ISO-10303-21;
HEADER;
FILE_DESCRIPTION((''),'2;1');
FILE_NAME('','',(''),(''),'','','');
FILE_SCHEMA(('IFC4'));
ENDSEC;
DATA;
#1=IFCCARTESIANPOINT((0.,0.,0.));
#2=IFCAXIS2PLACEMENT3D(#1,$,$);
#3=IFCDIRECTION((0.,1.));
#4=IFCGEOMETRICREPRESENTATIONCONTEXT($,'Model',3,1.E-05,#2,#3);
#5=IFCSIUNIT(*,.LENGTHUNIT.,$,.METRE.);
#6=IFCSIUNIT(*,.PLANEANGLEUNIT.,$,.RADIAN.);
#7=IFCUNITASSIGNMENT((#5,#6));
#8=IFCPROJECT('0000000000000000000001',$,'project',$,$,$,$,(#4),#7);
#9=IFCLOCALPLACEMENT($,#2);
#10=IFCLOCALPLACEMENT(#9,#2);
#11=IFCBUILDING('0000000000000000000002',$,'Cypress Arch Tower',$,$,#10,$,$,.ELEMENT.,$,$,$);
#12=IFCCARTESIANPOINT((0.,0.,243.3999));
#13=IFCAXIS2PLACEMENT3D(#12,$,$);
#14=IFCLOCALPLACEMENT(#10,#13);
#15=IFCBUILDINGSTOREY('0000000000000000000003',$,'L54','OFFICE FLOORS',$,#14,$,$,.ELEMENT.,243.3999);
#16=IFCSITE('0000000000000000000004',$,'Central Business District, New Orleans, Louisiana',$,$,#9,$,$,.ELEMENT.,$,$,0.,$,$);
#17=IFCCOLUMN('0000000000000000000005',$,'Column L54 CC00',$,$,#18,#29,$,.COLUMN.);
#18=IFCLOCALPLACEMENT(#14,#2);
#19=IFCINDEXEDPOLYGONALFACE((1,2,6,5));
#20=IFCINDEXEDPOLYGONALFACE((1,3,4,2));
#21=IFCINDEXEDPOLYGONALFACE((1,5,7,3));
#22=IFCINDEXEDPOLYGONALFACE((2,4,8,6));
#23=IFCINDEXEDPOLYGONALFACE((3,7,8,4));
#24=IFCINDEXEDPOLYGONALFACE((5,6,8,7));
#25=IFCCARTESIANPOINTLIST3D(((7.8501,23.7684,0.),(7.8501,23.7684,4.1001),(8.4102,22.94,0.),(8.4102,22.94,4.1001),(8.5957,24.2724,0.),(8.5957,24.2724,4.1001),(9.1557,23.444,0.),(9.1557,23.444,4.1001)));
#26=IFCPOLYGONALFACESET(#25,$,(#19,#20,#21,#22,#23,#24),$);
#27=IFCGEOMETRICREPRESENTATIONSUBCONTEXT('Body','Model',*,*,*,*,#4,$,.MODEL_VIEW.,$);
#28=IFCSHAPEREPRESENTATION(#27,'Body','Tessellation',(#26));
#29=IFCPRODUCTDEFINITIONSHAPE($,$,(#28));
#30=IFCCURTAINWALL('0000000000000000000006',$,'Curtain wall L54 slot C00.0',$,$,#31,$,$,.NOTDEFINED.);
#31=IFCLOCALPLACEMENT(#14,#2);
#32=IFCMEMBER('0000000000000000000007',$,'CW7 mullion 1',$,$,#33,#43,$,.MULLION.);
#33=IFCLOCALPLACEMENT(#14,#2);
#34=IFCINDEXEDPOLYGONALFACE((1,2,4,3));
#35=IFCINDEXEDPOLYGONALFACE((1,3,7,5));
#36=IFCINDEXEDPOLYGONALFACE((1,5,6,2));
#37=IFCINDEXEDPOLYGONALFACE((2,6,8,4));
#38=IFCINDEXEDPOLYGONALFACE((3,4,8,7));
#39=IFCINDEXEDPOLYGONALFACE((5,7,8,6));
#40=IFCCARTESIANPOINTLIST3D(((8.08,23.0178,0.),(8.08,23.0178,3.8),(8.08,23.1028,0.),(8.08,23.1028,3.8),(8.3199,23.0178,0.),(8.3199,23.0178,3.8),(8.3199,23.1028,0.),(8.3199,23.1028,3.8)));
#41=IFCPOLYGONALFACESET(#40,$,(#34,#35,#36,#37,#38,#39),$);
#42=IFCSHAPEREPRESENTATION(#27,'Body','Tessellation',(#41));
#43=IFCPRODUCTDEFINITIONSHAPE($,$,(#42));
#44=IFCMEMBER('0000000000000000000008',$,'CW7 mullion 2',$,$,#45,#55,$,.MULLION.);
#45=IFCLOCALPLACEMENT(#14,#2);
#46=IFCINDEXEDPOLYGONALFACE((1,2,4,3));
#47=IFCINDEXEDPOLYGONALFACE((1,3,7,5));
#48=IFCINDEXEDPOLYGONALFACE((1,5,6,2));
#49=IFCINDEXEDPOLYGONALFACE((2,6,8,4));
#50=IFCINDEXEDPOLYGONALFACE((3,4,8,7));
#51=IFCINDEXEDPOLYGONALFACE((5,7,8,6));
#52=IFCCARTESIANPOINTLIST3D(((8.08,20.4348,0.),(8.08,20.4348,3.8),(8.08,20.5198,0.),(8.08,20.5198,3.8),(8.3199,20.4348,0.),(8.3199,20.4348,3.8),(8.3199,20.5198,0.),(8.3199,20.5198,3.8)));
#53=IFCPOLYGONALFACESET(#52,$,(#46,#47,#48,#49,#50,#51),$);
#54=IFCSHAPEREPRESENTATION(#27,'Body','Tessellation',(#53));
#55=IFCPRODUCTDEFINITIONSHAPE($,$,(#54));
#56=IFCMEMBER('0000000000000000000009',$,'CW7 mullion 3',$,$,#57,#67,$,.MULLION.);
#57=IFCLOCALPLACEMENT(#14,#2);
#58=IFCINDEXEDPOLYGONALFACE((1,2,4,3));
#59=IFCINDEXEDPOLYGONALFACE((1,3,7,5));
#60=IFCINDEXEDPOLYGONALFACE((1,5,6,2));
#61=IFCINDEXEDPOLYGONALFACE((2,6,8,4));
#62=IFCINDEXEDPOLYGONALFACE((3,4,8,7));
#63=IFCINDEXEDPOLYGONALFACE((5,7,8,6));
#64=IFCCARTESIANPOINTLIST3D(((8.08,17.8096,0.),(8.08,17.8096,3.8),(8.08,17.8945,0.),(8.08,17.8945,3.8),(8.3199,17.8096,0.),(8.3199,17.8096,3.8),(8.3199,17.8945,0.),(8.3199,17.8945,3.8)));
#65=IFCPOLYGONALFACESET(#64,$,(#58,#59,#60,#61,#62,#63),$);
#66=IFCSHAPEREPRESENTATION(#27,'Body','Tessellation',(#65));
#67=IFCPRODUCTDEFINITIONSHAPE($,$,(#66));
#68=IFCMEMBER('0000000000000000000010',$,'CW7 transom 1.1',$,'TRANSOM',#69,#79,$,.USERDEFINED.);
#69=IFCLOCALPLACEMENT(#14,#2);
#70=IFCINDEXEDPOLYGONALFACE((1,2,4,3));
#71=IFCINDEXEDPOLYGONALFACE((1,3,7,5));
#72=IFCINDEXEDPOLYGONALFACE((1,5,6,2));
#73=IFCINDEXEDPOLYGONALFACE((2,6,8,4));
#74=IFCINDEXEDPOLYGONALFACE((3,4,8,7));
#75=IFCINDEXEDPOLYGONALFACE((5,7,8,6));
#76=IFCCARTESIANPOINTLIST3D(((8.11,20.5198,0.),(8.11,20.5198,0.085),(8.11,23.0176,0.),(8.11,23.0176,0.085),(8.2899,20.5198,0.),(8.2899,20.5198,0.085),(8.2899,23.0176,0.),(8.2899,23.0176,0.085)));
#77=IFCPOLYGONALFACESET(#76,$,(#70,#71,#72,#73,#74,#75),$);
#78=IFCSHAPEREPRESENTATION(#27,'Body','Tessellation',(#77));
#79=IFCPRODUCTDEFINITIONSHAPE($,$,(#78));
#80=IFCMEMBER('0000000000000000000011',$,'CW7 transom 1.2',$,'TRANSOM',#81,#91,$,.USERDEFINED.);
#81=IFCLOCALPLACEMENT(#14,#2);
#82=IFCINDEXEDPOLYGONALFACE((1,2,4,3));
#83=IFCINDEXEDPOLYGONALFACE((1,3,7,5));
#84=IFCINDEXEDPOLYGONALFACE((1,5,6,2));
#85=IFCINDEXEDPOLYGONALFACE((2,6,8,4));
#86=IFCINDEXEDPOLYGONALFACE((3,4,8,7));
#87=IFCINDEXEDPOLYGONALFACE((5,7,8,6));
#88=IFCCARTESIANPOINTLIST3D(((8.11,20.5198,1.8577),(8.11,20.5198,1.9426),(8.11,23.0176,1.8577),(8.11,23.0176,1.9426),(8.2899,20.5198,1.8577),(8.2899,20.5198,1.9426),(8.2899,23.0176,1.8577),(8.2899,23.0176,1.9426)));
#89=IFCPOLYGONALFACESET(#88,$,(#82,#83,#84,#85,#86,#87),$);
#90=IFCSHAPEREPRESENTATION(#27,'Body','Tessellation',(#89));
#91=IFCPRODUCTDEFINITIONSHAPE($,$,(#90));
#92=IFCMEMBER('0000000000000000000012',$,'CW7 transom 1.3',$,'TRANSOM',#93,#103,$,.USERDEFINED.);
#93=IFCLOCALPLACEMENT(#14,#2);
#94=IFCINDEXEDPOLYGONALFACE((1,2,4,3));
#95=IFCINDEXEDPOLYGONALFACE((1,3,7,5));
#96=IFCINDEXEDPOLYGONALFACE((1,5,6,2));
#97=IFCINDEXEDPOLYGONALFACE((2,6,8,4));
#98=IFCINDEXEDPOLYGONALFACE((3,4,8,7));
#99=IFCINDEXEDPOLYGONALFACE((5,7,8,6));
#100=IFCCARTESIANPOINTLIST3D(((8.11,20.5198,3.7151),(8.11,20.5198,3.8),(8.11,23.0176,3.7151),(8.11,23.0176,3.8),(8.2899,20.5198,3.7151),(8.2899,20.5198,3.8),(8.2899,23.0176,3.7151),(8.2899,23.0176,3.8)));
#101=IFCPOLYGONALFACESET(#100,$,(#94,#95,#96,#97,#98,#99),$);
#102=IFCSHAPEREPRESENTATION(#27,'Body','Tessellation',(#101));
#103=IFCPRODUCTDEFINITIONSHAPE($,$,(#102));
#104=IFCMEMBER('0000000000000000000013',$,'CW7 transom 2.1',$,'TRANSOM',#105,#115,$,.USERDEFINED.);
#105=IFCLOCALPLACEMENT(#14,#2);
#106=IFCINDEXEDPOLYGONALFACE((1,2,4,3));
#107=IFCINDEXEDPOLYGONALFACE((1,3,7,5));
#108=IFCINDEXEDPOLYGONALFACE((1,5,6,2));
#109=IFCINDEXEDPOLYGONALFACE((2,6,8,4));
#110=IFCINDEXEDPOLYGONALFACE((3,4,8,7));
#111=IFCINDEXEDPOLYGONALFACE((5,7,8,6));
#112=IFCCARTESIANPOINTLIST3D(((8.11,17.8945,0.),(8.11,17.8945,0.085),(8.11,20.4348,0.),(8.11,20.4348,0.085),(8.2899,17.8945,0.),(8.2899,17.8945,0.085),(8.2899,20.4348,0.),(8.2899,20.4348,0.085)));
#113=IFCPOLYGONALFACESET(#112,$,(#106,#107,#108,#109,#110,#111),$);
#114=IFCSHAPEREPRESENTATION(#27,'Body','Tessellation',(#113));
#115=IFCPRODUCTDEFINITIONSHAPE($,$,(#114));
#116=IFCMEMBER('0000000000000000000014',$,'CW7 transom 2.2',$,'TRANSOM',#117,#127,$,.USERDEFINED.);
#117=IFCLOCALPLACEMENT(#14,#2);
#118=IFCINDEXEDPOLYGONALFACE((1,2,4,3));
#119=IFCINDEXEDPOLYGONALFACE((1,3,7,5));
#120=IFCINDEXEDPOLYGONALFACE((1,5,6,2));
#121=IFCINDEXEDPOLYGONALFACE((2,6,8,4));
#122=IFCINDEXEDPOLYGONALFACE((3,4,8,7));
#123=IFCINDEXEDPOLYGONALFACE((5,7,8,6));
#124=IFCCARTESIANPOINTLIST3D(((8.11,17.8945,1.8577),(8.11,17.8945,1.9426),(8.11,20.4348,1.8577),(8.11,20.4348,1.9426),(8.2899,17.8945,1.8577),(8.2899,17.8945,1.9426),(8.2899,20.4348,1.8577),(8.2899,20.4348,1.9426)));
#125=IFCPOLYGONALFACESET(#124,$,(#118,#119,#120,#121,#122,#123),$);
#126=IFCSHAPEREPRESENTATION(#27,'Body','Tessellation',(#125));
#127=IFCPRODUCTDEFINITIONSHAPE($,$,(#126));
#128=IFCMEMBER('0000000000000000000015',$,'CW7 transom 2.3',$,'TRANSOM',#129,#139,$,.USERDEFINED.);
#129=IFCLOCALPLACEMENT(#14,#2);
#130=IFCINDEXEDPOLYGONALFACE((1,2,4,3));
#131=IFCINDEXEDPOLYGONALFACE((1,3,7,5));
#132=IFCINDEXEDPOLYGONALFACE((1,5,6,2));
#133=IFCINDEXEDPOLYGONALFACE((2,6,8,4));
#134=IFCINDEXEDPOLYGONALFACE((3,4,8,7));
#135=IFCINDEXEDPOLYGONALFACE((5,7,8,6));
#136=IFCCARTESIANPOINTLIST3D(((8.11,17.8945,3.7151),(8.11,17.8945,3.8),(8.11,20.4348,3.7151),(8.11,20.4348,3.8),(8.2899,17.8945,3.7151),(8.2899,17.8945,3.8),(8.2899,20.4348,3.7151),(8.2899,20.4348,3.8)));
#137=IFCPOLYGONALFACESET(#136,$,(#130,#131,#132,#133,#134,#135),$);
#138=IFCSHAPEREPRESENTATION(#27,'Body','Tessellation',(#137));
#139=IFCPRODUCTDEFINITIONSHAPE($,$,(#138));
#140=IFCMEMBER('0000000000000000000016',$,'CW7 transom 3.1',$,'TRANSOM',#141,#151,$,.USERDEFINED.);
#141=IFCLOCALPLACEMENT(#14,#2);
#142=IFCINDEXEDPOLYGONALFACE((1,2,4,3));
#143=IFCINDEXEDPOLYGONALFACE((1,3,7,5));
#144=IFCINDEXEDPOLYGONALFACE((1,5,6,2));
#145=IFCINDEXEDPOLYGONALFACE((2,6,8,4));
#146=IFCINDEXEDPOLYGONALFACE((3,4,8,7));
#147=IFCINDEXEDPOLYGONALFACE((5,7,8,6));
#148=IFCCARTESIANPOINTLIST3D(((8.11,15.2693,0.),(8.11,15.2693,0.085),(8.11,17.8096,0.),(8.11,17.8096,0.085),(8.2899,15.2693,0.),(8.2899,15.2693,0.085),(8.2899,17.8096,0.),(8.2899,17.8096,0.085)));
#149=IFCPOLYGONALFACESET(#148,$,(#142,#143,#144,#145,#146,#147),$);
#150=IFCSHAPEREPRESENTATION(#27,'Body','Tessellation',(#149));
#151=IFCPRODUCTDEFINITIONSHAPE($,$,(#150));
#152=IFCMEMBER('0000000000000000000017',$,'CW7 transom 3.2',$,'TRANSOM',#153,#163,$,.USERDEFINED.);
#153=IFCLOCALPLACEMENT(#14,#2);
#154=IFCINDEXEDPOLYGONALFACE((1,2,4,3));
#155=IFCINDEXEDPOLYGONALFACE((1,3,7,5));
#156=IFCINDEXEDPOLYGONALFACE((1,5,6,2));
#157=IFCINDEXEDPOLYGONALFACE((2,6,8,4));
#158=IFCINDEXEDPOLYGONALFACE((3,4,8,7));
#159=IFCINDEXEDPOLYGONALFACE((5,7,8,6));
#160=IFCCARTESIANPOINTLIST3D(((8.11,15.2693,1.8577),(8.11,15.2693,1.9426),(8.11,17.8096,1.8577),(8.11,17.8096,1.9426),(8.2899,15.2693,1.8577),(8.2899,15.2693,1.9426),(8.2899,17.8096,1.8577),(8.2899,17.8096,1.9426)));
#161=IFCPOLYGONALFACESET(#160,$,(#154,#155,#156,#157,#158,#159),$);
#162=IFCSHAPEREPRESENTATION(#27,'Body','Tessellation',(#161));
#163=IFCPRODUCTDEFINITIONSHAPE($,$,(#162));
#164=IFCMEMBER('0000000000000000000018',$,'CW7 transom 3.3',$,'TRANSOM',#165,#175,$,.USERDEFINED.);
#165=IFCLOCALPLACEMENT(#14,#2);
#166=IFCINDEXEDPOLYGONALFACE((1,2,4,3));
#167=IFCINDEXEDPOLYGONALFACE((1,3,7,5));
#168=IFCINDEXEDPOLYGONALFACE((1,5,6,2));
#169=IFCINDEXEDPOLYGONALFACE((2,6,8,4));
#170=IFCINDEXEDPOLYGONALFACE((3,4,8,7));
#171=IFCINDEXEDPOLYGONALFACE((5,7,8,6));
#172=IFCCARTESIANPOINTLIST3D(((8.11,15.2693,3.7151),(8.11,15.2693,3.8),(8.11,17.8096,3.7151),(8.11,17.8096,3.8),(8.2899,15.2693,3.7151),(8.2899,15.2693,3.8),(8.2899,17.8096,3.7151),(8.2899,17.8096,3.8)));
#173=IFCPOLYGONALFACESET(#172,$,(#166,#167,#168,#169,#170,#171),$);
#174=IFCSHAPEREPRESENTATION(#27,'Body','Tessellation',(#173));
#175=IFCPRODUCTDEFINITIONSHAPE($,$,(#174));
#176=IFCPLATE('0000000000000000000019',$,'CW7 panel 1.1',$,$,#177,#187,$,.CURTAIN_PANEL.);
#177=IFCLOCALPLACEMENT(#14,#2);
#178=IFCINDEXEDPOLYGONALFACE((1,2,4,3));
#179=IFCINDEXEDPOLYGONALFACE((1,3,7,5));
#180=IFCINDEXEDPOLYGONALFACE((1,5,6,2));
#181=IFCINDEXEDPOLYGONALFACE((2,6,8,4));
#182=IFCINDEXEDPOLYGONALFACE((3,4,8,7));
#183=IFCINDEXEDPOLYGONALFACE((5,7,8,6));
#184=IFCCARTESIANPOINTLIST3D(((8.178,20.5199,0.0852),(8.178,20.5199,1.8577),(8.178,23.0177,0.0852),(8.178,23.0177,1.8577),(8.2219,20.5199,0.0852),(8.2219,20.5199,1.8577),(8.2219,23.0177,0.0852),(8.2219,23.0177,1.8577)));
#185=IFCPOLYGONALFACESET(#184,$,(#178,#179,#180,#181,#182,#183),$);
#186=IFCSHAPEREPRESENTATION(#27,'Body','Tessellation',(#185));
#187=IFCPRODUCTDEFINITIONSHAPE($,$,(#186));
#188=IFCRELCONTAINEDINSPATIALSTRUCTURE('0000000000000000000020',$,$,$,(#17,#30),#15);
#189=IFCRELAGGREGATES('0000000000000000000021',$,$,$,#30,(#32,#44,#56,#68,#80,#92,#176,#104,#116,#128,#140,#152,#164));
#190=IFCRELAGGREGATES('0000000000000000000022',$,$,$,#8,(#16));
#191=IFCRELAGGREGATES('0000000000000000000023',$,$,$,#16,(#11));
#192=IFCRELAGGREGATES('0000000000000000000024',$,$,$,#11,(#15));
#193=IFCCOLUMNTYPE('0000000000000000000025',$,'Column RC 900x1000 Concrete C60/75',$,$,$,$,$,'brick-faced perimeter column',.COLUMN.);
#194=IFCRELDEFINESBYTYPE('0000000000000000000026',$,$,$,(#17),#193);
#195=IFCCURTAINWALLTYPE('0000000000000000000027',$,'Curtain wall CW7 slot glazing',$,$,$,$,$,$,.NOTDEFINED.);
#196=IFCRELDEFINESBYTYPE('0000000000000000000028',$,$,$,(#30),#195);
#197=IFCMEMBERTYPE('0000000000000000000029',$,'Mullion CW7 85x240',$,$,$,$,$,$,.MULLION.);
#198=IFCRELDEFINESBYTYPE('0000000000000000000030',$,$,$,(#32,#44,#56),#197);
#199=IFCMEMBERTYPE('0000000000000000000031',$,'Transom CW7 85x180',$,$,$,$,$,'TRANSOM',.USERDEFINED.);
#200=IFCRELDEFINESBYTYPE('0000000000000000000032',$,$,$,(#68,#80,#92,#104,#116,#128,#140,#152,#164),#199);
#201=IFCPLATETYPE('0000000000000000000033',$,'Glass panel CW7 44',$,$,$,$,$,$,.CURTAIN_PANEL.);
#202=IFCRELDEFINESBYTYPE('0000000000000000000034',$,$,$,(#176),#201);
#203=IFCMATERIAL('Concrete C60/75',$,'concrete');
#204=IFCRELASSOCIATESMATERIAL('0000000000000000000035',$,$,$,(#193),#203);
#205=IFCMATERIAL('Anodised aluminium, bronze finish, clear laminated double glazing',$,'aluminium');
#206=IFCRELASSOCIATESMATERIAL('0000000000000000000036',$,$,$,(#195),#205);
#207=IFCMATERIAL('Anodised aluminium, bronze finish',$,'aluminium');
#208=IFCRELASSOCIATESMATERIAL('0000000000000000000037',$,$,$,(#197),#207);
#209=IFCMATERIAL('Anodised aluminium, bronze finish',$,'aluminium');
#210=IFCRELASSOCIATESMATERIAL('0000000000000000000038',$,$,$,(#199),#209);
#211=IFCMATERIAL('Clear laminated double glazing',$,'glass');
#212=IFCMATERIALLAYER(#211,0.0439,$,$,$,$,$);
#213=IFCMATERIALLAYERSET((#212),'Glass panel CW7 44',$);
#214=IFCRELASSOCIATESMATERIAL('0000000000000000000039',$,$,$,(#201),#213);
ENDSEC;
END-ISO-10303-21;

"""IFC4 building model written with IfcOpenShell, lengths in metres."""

from ifc_helpers import new_model, si_unit, direction, frame, origin, origin_2d, place, context, subcontext, project, spatial, rectangle, extrude, material, layer, layer_set, material_profile, profile_set, type_object, element, aggregate, save


model = new_model("IFC4")

# Units and contexts
model_context = context("Model", 3, precision=1e-05, world=origin(), true_north=direction((0.0, 1.0)))
body_context = subcontext(model_context, "Body", "Model", "MODEL_VIEW")
ifc_project = project(units=[si_unit("LENGTHUNIT", "METRE"), si_unit("PLANEANGLEUNIT", "RADIAN")], contexts=[model_context])

# Site, building, storey
site_placement = place(None, origin())
site = spatial("IfcSite", under=ifc_project, at=site_placement, Name="Central Business District, New Orleans, Louisiana", CompositionType="ELEMENT", RefElevation=0.0)
building_placement = place(site_placement, origin())
building = spatial("IfcBuilding", under=site, at=building_placement, Name="Cypress Arch Tower", CompositionType="ELEMENT")
storey_placement = place(building_placement, frame((0.0, 0.0, 243.3999)))
storey = spatial("IfcBuildingStorey", under=building, at=storey_placement, Name="L54", Description="OFFICE FLOORS", CompositionType="ELEMENT", Elevation=243.3999)

# Column
ifc_material_1 = material(Name="Concrete C60/75", Category="concrete")
ifc_material_profile_1 = material_profile(ifc_material_1, rectangle(XDim=0.8999, YDim=1.0, at=origin_2d()), Name="RC 900x1000")
ifc_profile_set_1 = profile_set([ifc_material_profile_1], Name="Concrete C60/75")
column_type = type_object("IfcColumnType", Name="Column RC 900x1000 Concrete C60/75", ElementType="brick-faced perimeter column", PredefinedType="COLUMN", material=ifc_profile_set_1)
column_placement = place(storey_placement, frame((8.5029, 23.6062, 0.0), z_axis=(0.0, 0.0, 1.0), x_axis=(-0.82847, -0.560034, 0.0)))
element("IfcColumn", 1, at=column_placement, inside=storey, type_object=column_type, Name="Column L54 CC00", PredefinedType="COLUMN", context=body_context, shape_type="SweptSolid", body=[
    extrude(rectangle(XDim=0.8999, YDim=1.0, at=origin_2d()), origin(), (0.0, 0.0, 1.0), 4.1001),
])

# Curtain wall, members, plate
ifc_material_2 = material(Name="Anodised aluminium, bronze finish, clear laminated double glazing", Category="aluminium")
curtain_wall_type = type_object("IfcCurtainWallType", Name="Curtain wall CW7 slot glazing", PredefinedType="NOTDEFINED", material=ifc_material_2)
curtain_wall_placement = place(storey_placement, origin())
curtain_wall = element("IfcCurtainWall", 2, at=curtain_wall_placement, inside=storey, type_object=curtain_wall_type, Name="Curtain wall L54 slot C00.0", PredefinedType="NOTDEFINED")
ifc_material_3 = material(Name="Anodised aluminium, bronze finish", Category="aluminium")
ifc_material_profile_2 = material_profile(ifc_material_3, rectangle(XDim=0.24, YDim=0.085, at=origin_2d()), Name="Mullion 85x240")
ifc_profile_set_2 = profile_set([ifc_material_profile_2], Name="Anodised aluminium, bronze finish")
member_type_1 = type_object("IfcMemberType", Name="Mullion CW7 85x240", PredefinedType="MULLION", material=ifc_profile_set_2)
member_1_placement = place(storey_placement, frame((8.2, 23.0603, 0.0), z_axis=(0.0, 0.0, 1.0), x_axis=(1.0, 0.0, 0.0)))
member_1 = element("IfcMember", 3, at=member_1_placement, type_object=member_type_1, Name="CW7 mullion 1", PredefinedType="MULLION", context=body_context, shape_type="SweptSolid", body=[
    extrude(rectangle(XDim=0.24, YDim=0.085, at=origin_2d()), origin(), (0.0, 0.0, 1.0), 3.8),
])
member_2_placement = place(storey_placement, frame((8.2, 20.4773, 0.0), z_axis=(0.0, 0.0, 1.0), x_axis=(1.0, 0.0, 0.0)))
member_2 = element("IfcMember", 4, at=member_2_placement, type_object=member_type_1, Name="CW7 mullion 2", PredefinedType="MULLION", context=body_context, shape_type="SweptSolid", body=[
    extrude(rectangle(XDim=0.24, YDim=0.085, at=origin_2d()), origin(), (0.0, 0.0, 1.0), 3.8),
])
member_3_placement = place(storey_placement, frame((8.2, 17.8521, 0.0), z_axis=(0.0, 0.0, 1.0), x_axis=(1.0, 0.0, 0.0)))
member_3 = element("IfcMember", 5, at=member_3_placement, type_object=member_type_1, Name="CW7 mullion 3", PredefinedType="MULLION", context=body_context, shape_type="SweptSolid", body=[
    extrude(rectangle(XDim=0.24, YDim=0.085, at=origin_2d()), origin(), (0.0, 0.0, 1.0), 3.8),
])
ifc_material_4 = material(Name="Anodised aluminium, bronze finish", Category="aluminium")
ifc_material_profile_3 = material_profile(ifc_material_4, rectangle(XDim=0.1799, YDim=0.085, at=origin_2d()), Name="Transom 85x180")
ifc_profile_set_3 = profile_set([ifc_material_profile_3], Name="Anodised aluminium, bronze finish")
member_type_2 = type_object("IfcMemberType", Name="Transom CW7 85x180", ElementType="TRANSOM", PredefinedType="USERDEFINED", material=ifc_profile_set_3)
member_4_placement = place(storey_placement, frame((8.2, 23.0176, 0.0425), z_axis=(0.0, -1.0, 0.0), x_axis=(1.0, 0.0, 0.0)))
member_4 = element("IfcMember", 6, at=member_4_placement, type_object=member_type_2, Name="CW7 transom 1.1", ObjectType="TRANSOM", PredefinedType="USERDEFINED", context=body_context, shape_type="SweptSolid", body=[
    extrude(rectangle(XDim=0.1799, YDim=0.085, at=origin_2d()), origin(), (0.0, 0.0, 1.0), 2.4978),
])
member_5_placement = place(storey_placement, frame((8.2, 23.0176, 1.9001), z_axis=(0.0, -1.0, 0.0), x_axis=(1.0, 0.0, 0.0)))
member_5 = element("IfcMember", 7, at=member_5_placement, type_object=member_type_2, Name="CW7 transom 1.2", ObjectType="TRANSOM", PredefinedType="USERDEFINED", context=body_context, shape_type="SweptSolid", body=[
    extrude(rectangle(XDim=0.1799, YDim=0.085, at=origin_2d()), origin(), (0.0, 0.0, 1.0), 2.4978),
])
member_6_placement = place(storey_placement, frame((8.2, 23.0176, 3.7576), z_axis=(0.0, -1.0, 0.0), x_axis=(1.0, 0.0, 0.0)))
member_6 = element("IfcMember", 8, at=member_6_placement, type_object=member_type_2, Name="CW7 transom 1.3", ObjectType="TRANSOM", PredefinedType="USERDEFINED", context=body_context, shape_type="SweptSolid", body=[
    extrude(rectangle(XDim=0.1799, YDim=0.085, at=origin_2d()), origin(), (0.0, 0.0, 1.0), 2.4978),
])
member_7_placement = place(storey_placement, frame((8.2, 20.4348, 0.0425), z_axis=(0.0, -1.0, 0.0), x_axis=(1.0, 0.0, 0.0)))
member_7 = element("IfcMember", 9, at=member_7_placement, type_object=member_type_2, Name="CW7 transom 2.1", ObjectType="TRANSOM", PredefinedType="USERDEFINED", context=body_context, shape_type="SweptSolid", body=[
    extrude(rectangle(XDim=0.1799, YDim=0.085, at=origin_2d()), origin(), (0.0, 0.0, 1.0), 2.5403),
])
member_8_placement = place(storey_placement, frame((8.2, 20.4348, 1.9001), z_axis=(0.0, -1.0, 0.0), x_axis=(1.0, 0.0, 0.0)))
member_8 = element("IfcMember", 10, at=member_8_placement, type_object=member_type_2, Name="CW7 transom 2.2", ObjectType="TRANSOM", PredefinedType="USERDEFINED", context=body_context, shape_type="SweptSolid", body=[
    extrude(rectangle(XDim=0.1799, YDim=0.085, at=origin_2d()), origin(), (0.0, 0.0, 1.0), 2.5403),
])
member_9_placement = place(storey_placement, frame((8.2, 20.4348, 3.7576), z_axis=(0.0, -1.0, 0.0), x_axis=(1.0, 0.0, 0.0)))
member_9 = element("IfcMember", 11, at=member_9_placement, type_object=member_type_2, Name="CW7 transom 2.3", ObjectType="TRANSOM", PredefinedType="USERDEFINED", context=body_context, shape_type="SweptSolid", body=[
    extrude(rectangle(XDim=0.1799, YDim=0.085, at=origin_2d()), origin(), (0.0, 0.0, 1.0), 2.5403),
])
member_10_placement = place(storey_placement, frame((8.2, 17.8096, 0.0425), z_axis=(0.0, -1.0, 0.0), x_axis=(1.0, 0.0, 0.0)))
member_10 = element("IfcMember", 12, at=member_10_placement, type_object=member_type_2, Name="CW7 transom 3.1", ObjectType="TRANSOM", PredefinedType="USERDEFINED", context=body_context, shape_type="SweptSolid", body=[
    extrude(rectangle(XDim=0.1799, YDim=0.085, at=origin_2d()), origin(), (0.0, 0.0, 1.0), 2.5403),
])
member_11_placement = place(storey_placement, frame((8.2, 17.8096, 1.9001), z_axis=(0.0, -1.0, 0.0), x_axis=(1.0, 0.0, 0.0)))
member_11 = element("IfcMember", 13, at=member_11_placement, type_object=member_type_2, Name="CW7 transom 3.2", ObjectType="TRANSOM", PredefinedType="USERDEFINED", context=body_context, shape_type="SweptSolid", body=[
    extrude(rectangle(XDim=0.1799, YDim=0.085, at=origin_2d()), origin(), (0.0, 0.0, 1.0), 2.5403),
])
member_12_placement = place(storey_placement, frame((8.2, 17.8096, 3.7576), z_axis=(0.0, -1.0, 0.0), x_axis=(1.0, 0.0, 0.0)))
member_12 = element("IfcMember", 14, at=member_12_placement, type_object=member_type_2, Name="CW7 transom 3.3", ObjectType="TRANSOM", PredefinedType="USERDEFINED", context=body_context, shape_type="SweptSolid", body=[
    extrude(rectangle(XDim=0.1799, YDim=0.085, at=origin_2d()), origin(), (0.0, 0.0, 1.0), 2.5403),
])
ifc_material_5 = material(Name="Clear laminated double glazing", Category="glass")
ifc_layer = layer(ifc_material_5, 0.0439)
ifc_layer_set = layer_set([ifc_layer], Name="Glass panel CW7 44")
plate_type = type_object("IfcPlateType", Name="Glass panel CW7 44", PredefinedType="CURTAIN_PANEL", material=ifc_layer_set)
plate_1_placement = place(storey_placement, frame((8.2, 21.7688, 0.0852), z_axis=(0.0, 0.0, 1.0), x_axis=(0.0, -1.0, 0.0)))
plate_1 = element("IfcPlate", 15, at=plate_1_placement, type_object=plate_type, Name="CW7 panel 1.1", PredefinedType="CURTAIN_PANEL", context=body_context, shape_type="SweptSolid", body=[
    extrude(rectangle(XDim=2.4978, YDim=0.0439, at=origin_2d()), origin(), (0.0, 0.0, 1.0), 1.7725),
])
aggregate(curtain_wall, [member_1, member_2, member_3, member_4, member_5, member_6, plate_1, member_7, member_8, member_9, member_10, member_11, member_12])

save(model, "model.ifc")
